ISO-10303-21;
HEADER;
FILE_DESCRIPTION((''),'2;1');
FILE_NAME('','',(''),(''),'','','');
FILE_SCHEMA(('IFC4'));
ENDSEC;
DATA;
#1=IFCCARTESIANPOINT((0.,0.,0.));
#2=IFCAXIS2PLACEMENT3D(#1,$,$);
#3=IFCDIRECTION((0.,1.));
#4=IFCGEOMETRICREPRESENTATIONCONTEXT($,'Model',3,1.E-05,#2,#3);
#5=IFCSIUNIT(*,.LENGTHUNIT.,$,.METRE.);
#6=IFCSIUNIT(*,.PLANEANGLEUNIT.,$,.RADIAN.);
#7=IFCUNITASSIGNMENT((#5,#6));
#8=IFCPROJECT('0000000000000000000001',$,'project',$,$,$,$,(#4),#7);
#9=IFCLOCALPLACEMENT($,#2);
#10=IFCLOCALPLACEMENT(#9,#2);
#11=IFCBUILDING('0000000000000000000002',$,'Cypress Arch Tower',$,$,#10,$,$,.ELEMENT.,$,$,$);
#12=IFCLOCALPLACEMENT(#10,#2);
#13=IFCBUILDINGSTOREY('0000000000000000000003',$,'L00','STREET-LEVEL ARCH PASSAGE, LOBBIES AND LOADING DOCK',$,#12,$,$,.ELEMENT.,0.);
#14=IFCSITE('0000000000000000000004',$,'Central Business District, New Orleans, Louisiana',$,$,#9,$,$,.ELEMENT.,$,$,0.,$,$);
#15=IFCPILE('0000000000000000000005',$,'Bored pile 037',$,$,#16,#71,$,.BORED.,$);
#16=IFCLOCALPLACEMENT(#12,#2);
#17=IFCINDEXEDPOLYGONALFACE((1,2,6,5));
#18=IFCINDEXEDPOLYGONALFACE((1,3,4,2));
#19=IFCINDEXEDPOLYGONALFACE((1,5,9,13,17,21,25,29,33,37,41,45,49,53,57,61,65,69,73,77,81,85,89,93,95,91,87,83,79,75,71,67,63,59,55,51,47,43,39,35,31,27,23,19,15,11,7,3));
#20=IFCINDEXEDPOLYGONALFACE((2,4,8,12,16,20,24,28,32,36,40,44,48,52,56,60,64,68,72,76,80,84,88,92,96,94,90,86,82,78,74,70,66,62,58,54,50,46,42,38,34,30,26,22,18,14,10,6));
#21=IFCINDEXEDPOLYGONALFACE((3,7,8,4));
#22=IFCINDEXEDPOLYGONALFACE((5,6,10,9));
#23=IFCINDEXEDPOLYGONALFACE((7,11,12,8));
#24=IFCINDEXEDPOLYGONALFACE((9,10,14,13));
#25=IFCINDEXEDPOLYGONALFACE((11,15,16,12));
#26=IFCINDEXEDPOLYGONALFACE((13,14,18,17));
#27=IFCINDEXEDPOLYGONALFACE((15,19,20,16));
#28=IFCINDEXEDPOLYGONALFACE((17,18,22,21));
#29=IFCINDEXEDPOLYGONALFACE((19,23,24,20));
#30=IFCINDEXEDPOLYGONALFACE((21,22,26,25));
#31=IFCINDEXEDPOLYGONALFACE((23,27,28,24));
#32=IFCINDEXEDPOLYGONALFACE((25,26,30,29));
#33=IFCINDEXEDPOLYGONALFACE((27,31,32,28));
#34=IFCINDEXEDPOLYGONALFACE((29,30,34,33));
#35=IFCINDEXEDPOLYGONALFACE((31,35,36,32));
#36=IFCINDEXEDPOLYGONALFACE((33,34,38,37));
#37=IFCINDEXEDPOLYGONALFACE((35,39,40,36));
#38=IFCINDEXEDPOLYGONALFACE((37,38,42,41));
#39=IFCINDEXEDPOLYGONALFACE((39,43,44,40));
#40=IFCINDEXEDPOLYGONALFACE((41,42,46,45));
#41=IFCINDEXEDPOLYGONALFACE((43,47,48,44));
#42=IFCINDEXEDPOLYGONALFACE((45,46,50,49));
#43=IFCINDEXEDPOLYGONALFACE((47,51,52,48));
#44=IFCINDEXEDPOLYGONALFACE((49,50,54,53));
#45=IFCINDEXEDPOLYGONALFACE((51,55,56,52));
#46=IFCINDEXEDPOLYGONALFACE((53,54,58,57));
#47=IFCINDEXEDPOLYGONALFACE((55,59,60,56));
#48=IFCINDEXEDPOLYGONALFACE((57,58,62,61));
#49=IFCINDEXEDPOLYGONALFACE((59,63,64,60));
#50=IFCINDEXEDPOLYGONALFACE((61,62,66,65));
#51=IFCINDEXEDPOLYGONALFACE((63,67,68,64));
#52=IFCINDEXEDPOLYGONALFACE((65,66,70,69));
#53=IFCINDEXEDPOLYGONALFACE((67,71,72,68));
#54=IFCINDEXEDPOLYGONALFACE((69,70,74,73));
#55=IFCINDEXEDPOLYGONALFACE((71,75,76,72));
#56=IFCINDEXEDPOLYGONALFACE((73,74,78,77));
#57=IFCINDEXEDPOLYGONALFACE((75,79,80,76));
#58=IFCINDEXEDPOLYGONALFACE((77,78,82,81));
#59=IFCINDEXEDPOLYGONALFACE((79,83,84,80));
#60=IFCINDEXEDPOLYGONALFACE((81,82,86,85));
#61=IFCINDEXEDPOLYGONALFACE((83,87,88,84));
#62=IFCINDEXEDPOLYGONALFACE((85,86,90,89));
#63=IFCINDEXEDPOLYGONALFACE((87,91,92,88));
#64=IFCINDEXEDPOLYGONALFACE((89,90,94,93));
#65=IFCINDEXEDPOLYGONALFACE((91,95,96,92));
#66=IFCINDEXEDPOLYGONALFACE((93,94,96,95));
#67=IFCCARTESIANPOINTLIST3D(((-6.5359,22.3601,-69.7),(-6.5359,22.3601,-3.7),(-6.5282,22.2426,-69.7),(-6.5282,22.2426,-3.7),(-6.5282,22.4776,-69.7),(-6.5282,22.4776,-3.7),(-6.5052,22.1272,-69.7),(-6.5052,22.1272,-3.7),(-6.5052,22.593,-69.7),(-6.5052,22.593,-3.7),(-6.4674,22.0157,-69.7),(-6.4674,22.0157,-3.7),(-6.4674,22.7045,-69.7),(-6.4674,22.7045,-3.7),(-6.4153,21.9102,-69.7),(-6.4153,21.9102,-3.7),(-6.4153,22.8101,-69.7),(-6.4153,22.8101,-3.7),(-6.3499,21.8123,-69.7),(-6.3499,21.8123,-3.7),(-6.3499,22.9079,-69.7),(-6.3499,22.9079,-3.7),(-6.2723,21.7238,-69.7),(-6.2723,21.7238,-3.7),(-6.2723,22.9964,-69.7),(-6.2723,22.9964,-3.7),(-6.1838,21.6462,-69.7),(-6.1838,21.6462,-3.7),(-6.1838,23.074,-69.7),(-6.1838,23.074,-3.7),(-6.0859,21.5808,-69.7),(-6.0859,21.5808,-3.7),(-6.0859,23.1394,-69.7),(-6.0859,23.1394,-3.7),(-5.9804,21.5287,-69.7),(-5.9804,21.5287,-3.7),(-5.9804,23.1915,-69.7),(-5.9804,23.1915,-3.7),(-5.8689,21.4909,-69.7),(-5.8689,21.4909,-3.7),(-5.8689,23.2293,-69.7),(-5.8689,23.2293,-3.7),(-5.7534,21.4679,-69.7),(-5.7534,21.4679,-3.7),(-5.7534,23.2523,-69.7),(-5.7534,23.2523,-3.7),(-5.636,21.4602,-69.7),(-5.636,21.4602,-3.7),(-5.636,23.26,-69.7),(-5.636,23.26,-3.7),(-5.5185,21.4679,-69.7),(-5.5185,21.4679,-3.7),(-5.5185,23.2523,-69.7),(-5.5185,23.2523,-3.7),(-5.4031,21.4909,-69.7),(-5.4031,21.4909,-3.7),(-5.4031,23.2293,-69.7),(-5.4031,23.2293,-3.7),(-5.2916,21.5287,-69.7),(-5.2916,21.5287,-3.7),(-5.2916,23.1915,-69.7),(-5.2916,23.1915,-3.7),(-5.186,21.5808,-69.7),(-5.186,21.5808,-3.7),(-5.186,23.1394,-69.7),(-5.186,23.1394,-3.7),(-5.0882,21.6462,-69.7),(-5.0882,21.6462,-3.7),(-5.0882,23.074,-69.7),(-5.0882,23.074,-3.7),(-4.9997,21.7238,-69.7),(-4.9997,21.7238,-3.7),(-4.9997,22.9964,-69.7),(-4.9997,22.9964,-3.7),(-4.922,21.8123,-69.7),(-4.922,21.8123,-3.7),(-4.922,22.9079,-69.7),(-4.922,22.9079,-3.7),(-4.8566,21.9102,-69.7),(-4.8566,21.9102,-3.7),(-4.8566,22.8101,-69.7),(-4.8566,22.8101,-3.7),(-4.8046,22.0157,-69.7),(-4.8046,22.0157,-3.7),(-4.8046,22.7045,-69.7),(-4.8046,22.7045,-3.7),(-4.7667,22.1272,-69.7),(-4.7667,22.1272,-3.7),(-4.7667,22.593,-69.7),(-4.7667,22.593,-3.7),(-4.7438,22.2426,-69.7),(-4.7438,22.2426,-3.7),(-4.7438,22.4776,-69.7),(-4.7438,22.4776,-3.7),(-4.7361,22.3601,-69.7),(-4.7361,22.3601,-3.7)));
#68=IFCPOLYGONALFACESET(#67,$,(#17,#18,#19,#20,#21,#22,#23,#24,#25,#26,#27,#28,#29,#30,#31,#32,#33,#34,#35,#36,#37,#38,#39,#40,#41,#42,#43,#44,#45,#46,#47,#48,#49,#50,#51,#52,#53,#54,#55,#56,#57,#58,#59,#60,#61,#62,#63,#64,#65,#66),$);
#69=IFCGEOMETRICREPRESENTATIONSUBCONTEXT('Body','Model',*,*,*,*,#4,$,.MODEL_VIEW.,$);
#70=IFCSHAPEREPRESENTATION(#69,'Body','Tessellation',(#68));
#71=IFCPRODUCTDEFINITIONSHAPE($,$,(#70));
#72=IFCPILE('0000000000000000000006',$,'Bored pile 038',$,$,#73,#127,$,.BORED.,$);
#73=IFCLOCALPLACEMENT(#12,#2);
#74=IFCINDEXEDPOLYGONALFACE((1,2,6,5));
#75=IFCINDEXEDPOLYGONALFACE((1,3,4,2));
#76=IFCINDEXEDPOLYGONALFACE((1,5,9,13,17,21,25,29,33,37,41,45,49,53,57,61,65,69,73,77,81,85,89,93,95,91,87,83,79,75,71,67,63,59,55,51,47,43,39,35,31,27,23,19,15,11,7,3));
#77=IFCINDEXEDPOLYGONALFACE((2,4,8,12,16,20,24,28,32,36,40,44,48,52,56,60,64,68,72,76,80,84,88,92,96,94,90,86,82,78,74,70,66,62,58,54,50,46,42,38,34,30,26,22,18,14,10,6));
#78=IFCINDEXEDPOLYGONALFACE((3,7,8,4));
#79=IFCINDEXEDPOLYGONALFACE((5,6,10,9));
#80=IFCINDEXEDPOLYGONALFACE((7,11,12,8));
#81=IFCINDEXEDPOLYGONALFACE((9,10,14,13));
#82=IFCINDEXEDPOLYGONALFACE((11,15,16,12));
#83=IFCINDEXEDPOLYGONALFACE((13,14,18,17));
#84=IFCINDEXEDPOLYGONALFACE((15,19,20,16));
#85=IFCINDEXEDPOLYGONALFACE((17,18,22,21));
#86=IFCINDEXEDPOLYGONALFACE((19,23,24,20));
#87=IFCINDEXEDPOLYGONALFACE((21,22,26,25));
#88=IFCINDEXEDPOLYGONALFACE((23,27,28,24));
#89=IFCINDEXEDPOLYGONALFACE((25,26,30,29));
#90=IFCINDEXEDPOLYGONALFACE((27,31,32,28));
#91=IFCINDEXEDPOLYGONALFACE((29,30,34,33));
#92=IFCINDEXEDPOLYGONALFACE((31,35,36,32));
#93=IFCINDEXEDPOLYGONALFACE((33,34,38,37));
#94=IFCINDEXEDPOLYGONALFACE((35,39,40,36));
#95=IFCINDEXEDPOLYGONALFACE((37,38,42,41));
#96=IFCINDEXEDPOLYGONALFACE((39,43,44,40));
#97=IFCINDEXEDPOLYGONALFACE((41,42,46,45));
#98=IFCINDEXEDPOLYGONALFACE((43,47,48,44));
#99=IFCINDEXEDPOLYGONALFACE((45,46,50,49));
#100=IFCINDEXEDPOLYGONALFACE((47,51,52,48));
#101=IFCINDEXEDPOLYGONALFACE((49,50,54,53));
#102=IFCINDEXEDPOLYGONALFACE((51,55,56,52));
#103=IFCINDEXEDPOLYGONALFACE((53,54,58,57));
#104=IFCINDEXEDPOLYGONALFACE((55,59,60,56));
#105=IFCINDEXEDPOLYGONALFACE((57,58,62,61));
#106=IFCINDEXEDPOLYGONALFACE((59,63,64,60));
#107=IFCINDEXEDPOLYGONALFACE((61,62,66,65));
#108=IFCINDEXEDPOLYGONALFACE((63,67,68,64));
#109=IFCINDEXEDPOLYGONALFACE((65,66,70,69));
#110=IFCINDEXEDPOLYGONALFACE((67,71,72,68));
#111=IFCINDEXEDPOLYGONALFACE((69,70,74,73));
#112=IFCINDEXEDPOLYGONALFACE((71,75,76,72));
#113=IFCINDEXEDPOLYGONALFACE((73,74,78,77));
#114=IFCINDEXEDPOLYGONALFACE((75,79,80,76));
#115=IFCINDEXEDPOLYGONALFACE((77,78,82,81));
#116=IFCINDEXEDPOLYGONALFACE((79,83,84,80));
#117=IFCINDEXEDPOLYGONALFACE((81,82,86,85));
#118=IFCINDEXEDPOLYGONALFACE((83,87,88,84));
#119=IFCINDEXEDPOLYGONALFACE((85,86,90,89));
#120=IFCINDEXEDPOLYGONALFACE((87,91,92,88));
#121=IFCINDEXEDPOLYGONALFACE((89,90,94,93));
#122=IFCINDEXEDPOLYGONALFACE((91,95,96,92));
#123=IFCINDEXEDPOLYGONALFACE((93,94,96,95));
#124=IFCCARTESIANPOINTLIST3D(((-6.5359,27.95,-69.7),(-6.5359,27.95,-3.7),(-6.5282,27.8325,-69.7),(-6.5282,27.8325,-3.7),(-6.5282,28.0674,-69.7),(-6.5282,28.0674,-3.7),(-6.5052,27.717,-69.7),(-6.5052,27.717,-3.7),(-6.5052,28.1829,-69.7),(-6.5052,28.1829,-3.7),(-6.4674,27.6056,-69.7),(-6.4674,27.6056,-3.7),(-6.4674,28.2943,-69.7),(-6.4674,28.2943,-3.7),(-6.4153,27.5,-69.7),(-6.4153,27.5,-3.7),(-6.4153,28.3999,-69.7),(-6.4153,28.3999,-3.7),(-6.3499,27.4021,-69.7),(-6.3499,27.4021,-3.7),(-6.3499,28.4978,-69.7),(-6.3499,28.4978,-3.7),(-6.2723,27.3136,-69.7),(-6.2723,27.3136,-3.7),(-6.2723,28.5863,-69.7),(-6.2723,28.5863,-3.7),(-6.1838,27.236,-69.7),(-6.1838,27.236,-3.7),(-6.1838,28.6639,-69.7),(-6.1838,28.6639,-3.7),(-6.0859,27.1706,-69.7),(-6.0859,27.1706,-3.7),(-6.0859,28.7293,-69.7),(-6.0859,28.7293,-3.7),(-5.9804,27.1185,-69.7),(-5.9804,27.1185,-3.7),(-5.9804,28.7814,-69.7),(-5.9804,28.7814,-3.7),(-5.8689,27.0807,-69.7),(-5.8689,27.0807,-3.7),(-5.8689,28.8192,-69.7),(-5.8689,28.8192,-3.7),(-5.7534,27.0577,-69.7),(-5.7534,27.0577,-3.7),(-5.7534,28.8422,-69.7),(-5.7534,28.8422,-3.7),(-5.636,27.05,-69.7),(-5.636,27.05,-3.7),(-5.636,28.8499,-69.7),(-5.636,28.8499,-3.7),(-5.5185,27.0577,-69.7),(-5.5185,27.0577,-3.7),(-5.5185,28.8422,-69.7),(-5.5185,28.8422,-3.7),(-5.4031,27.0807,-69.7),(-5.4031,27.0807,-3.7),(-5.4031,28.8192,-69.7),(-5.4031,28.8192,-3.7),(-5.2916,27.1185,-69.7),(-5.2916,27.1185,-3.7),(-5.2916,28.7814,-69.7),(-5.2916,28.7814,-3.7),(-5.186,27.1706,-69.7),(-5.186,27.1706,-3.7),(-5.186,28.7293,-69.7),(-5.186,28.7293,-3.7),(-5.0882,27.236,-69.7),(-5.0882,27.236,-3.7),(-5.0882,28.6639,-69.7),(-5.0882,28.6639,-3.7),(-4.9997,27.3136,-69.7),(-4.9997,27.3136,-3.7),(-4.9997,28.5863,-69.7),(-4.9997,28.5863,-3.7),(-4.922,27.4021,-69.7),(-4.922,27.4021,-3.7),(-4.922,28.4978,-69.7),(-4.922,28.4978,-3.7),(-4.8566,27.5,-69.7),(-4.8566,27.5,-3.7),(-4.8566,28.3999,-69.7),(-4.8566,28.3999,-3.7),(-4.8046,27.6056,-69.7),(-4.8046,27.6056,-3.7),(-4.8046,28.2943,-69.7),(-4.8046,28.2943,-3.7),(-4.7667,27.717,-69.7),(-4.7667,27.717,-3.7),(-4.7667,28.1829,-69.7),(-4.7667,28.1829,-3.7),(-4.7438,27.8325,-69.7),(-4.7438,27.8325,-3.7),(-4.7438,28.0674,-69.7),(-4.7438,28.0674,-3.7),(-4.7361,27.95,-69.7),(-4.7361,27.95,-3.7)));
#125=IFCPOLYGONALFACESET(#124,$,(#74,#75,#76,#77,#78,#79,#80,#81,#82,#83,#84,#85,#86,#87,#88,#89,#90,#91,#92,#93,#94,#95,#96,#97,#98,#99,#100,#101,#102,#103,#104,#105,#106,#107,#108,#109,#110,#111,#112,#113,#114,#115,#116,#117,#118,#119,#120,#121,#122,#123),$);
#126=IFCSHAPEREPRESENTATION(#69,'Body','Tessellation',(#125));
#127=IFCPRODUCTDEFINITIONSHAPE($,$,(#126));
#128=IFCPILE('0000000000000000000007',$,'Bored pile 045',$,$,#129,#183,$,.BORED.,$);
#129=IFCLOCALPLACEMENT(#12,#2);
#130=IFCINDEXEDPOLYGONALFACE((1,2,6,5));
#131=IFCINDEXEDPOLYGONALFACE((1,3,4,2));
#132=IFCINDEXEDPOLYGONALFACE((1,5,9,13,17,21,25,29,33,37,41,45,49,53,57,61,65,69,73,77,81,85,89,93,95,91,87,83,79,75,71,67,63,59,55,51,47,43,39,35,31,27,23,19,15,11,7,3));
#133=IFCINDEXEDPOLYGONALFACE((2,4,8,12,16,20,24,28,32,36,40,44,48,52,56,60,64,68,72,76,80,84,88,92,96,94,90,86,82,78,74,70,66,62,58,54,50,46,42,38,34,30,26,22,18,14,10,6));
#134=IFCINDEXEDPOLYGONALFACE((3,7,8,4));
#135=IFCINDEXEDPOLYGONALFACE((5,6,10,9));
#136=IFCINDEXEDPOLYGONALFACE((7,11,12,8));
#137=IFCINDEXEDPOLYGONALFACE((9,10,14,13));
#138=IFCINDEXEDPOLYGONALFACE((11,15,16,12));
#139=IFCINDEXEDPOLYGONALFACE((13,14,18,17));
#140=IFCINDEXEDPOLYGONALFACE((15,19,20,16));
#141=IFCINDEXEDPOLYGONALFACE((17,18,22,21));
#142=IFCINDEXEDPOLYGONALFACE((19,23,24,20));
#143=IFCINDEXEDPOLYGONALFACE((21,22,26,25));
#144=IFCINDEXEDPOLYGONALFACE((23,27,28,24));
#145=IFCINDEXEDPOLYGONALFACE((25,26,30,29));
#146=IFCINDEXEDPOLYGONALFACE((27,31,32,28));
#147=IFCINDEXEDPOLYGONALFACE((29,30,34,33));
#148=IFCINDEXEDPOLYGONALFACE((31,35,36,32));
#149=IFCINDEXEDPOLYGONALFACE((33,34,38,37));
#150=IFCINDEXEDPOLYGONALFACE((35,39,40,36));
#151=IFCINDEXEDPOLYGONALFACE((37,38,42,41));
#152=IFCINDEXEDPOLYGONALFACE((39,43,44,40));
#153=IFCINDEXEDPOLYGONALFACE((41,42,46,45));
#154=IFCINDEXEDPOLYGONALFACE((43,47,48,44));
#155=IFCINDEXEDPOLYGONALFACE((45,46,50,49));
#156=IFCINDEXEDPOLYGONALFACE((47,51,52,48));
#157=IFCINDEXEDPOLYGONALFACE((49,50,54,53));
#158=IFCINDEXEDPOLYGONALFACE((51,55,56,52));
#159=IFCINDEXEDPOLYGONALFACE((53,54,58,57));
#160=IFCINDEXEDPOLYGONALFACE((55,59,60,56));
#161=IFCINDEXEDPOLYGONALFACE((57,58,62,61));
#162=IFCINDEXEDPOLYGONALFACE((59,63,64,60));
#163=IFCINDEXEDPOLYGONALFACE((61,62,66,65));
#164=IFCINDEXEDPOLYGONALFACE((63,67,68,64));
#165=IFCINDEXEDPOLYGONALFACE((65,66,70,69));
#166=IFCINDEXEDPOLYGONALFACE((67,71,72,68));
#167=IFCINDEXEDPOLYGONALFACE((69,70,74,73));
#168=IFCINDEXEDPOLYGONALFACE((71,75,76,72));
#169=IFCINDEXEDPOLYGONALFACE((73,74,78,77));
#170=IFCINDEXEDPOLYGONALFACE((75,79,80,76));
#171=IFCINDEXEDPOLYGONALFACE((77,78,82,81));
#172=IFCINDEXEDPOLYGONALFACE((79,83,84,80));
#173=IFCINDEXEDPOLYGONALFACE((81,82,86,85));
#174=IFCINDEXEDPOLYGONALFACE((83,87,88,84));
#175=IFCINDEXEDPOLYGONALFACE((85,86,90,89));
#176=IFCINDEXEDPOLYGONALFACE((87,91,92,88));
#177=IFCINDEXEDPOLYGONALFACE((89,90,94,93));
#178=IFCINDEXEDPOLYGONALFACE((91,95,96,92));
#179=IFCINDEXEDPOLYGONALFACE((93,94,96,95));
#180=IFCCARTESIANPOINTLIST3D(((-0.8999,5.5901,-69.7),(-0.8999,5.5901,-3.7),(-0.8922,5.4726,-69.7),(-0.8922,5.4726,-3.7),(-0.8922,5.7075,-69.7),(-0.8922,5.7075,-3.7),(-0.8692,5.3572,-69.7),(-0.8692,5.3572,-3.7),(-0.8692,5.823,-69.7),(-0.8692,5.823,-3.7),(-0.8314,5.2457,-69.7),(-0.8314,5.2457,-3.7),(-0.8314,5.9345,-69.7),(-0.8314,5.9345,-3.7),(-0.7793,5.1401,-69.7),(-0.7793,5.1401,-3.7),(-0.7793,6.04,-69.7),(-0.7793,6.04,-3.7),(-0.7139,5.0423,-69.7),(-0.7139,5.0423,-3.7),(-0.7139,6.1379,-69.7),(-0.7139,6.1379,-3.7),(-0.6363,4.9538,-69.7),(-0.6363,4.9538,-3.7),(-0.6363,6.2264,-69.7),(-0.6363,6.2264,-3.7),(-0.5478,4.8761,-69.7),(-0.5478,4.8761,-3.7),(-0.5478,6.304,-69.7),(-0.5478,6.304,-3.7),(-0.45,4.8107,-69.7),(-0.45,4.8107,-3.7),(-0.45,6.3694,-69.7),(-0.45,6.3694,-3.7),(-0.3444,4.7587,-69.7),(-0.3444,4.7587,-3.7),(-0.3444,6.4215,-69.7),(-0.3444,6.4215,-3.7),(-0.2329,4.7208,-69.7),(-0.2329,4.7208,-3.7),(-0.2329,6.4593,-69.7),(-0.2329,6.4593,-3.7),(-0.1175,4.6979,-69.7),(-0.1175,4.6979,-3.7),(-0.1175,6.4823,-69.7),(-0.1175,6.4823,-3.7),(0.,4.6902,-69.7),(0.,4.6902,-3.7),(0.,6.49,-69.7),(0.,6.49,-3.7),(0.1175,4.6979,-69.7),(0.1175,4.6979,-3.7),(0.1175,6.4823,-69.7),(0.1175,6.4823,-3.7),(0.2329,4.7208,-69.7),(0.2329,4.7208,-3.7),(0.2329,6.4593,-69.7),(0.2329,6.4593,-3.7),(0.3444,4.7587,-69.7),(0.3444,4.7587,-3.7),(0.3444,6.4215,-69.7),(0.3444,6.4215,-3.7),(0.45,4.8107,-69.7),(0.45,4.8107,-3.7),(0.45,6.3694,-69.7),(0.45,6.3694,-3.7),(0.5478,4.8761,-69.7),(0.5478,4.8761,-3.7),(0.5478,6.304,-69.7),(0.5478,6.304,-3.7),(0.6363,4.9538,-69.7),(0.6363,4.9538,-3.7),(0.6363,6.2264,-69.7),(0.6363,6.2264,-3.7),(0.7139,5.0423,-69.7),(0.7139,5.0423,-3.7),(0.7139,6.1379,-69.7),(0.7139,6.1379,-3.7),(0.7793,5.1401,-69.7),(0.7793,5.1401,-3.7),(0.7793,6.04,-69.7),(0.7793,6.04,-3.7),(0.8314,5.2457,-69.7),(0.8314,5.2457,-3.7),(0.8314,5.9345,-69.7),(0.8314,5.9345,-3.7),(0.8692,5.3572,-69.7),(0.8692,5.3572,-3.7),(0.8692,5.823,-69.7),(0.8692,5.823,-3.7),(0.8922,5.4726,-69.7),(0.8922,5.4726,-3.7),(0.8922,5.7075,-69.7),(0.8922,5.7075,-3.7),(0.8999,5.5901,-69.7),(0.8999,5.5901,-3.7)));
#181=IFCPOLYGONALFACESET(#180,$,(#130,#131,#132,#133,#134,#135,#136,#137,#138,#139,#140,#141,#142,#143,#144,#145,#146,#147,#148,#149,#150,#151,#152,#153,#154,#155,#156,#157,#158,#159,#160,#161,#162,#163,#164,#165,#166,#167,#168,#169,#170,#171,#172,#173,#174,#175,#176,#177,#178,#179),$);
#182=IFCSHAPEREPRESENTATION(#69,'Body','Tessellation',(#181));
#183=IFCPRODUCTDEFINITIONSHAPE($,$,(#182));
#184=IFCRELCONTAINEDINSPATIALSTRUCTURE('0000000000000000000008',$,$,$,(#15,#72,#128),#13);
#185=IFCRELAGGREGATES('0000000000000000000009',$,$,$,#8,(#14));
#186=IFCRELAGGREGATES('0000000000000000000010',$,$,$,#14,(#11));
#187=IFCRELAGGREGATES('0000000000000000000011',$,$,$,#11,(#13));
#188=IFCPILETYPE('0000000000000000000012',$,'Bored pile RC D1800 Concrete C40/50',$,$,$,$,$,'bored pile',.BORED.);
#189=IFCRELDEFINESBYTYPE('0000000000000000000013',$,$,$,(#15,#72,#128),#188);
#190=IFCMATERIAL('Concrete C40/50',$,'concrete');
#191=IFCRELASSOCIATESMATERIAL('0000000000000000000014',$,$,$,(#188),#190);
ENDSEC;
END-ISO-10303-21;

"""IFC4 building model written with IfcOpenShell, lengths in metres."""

from ifc_helpers import new_model, si_unit, direction, frame, origin, origin_2d, place, context, subcontext, project, spatial, circle, extrude, material, material_profile, profile_set, type_object, element, save


model = new_model("IFC4")

# Units and contexts
model_context = context("Model", 3, precision=1e-05, world=origin(), true_north=direction((0.0, 1.0)))
body_context = subcontext(model_context, "Body", "Model", "MODEL_VIEW")
ifc_project = project(units=[si_unit("LENGTHUNIT", "METRE"), si_unit("PLANEANGLEUNIT", "RADIAN")], contexts=[model_context])

# Site, building, storey
site_placement = place(None, origin())
site = spatial("IfcSite", under=ifc_project, at=site_placement, Name="Central Business District, New Orleans, Louisiana", CompositionType="ELEMENT", RefElevation=0.0)
building_placement = place(site_placement, origin())
building = spatial("IfcBuilding", under=site, at=building_placement, Name="Cypress Arch Tower", CompositionType="ELEMENT")
storey_placement = place(building_placement, origin())
storey = spatial("IfcBuildingStorey", under=building, at=storey_placement, Name="L00", Description="STREET-LEVEL ARCH PASSAGE, LOBBIES AND LOADING DOCK", CompositionType="ELEMENT", Elevation=0.0)

# Piles
ifc_material_1 = material(Name="Concrete C40/50", Category="concrete")
ifc_material_profile_1 = material_profile(ifc_material_1, circle(Radius=0.8999, at=origin_2d()), Name="RC D1800")
ifc_profile_set_1 = profile_set([ifc_material_profile_1], Name="Concrete C40/50")
pile_type = type_object("IfcPileType", Name="Bored pile RC D1800 Concrete C40/50", ElementType="bored pile", PredefinedType="BORED", material=ifc_profile_set_1)
for number, where, z_axis, x_axis, name in (
    (1, (-5.636, 22.3601, -3.7), (0.0, 0.0, -1.0), (1.0, 0.0, 0.0), "Bored pile 037"),
    (2, (-5.636, 27.95, -3.7), (0.0, 0.0, -1.0), (1.0, 0.0, 0.0), "Bored pile 038"),
    (3, (0.0, 5.5901, -3.7), (0.0, 0.0, -1.0), (1.0, 0.0, 0.0), "Bored pile 045"),
):
    element("IfcPile", number, at=place(storey_placement, frame(where, z_axis=z_axis, x_axis=x_axis)), inside=storey, type_object=pile_type, Name=name, PredefinedType="BORED", context=body_context, shape_type="SweptSolid", body=[
        extrude(circle(Radius=0.8999, at=origin_2d()), origin(), (0.0, 0.0, 1.0), 66.0),
    ])

save(model, "model.ifc")
